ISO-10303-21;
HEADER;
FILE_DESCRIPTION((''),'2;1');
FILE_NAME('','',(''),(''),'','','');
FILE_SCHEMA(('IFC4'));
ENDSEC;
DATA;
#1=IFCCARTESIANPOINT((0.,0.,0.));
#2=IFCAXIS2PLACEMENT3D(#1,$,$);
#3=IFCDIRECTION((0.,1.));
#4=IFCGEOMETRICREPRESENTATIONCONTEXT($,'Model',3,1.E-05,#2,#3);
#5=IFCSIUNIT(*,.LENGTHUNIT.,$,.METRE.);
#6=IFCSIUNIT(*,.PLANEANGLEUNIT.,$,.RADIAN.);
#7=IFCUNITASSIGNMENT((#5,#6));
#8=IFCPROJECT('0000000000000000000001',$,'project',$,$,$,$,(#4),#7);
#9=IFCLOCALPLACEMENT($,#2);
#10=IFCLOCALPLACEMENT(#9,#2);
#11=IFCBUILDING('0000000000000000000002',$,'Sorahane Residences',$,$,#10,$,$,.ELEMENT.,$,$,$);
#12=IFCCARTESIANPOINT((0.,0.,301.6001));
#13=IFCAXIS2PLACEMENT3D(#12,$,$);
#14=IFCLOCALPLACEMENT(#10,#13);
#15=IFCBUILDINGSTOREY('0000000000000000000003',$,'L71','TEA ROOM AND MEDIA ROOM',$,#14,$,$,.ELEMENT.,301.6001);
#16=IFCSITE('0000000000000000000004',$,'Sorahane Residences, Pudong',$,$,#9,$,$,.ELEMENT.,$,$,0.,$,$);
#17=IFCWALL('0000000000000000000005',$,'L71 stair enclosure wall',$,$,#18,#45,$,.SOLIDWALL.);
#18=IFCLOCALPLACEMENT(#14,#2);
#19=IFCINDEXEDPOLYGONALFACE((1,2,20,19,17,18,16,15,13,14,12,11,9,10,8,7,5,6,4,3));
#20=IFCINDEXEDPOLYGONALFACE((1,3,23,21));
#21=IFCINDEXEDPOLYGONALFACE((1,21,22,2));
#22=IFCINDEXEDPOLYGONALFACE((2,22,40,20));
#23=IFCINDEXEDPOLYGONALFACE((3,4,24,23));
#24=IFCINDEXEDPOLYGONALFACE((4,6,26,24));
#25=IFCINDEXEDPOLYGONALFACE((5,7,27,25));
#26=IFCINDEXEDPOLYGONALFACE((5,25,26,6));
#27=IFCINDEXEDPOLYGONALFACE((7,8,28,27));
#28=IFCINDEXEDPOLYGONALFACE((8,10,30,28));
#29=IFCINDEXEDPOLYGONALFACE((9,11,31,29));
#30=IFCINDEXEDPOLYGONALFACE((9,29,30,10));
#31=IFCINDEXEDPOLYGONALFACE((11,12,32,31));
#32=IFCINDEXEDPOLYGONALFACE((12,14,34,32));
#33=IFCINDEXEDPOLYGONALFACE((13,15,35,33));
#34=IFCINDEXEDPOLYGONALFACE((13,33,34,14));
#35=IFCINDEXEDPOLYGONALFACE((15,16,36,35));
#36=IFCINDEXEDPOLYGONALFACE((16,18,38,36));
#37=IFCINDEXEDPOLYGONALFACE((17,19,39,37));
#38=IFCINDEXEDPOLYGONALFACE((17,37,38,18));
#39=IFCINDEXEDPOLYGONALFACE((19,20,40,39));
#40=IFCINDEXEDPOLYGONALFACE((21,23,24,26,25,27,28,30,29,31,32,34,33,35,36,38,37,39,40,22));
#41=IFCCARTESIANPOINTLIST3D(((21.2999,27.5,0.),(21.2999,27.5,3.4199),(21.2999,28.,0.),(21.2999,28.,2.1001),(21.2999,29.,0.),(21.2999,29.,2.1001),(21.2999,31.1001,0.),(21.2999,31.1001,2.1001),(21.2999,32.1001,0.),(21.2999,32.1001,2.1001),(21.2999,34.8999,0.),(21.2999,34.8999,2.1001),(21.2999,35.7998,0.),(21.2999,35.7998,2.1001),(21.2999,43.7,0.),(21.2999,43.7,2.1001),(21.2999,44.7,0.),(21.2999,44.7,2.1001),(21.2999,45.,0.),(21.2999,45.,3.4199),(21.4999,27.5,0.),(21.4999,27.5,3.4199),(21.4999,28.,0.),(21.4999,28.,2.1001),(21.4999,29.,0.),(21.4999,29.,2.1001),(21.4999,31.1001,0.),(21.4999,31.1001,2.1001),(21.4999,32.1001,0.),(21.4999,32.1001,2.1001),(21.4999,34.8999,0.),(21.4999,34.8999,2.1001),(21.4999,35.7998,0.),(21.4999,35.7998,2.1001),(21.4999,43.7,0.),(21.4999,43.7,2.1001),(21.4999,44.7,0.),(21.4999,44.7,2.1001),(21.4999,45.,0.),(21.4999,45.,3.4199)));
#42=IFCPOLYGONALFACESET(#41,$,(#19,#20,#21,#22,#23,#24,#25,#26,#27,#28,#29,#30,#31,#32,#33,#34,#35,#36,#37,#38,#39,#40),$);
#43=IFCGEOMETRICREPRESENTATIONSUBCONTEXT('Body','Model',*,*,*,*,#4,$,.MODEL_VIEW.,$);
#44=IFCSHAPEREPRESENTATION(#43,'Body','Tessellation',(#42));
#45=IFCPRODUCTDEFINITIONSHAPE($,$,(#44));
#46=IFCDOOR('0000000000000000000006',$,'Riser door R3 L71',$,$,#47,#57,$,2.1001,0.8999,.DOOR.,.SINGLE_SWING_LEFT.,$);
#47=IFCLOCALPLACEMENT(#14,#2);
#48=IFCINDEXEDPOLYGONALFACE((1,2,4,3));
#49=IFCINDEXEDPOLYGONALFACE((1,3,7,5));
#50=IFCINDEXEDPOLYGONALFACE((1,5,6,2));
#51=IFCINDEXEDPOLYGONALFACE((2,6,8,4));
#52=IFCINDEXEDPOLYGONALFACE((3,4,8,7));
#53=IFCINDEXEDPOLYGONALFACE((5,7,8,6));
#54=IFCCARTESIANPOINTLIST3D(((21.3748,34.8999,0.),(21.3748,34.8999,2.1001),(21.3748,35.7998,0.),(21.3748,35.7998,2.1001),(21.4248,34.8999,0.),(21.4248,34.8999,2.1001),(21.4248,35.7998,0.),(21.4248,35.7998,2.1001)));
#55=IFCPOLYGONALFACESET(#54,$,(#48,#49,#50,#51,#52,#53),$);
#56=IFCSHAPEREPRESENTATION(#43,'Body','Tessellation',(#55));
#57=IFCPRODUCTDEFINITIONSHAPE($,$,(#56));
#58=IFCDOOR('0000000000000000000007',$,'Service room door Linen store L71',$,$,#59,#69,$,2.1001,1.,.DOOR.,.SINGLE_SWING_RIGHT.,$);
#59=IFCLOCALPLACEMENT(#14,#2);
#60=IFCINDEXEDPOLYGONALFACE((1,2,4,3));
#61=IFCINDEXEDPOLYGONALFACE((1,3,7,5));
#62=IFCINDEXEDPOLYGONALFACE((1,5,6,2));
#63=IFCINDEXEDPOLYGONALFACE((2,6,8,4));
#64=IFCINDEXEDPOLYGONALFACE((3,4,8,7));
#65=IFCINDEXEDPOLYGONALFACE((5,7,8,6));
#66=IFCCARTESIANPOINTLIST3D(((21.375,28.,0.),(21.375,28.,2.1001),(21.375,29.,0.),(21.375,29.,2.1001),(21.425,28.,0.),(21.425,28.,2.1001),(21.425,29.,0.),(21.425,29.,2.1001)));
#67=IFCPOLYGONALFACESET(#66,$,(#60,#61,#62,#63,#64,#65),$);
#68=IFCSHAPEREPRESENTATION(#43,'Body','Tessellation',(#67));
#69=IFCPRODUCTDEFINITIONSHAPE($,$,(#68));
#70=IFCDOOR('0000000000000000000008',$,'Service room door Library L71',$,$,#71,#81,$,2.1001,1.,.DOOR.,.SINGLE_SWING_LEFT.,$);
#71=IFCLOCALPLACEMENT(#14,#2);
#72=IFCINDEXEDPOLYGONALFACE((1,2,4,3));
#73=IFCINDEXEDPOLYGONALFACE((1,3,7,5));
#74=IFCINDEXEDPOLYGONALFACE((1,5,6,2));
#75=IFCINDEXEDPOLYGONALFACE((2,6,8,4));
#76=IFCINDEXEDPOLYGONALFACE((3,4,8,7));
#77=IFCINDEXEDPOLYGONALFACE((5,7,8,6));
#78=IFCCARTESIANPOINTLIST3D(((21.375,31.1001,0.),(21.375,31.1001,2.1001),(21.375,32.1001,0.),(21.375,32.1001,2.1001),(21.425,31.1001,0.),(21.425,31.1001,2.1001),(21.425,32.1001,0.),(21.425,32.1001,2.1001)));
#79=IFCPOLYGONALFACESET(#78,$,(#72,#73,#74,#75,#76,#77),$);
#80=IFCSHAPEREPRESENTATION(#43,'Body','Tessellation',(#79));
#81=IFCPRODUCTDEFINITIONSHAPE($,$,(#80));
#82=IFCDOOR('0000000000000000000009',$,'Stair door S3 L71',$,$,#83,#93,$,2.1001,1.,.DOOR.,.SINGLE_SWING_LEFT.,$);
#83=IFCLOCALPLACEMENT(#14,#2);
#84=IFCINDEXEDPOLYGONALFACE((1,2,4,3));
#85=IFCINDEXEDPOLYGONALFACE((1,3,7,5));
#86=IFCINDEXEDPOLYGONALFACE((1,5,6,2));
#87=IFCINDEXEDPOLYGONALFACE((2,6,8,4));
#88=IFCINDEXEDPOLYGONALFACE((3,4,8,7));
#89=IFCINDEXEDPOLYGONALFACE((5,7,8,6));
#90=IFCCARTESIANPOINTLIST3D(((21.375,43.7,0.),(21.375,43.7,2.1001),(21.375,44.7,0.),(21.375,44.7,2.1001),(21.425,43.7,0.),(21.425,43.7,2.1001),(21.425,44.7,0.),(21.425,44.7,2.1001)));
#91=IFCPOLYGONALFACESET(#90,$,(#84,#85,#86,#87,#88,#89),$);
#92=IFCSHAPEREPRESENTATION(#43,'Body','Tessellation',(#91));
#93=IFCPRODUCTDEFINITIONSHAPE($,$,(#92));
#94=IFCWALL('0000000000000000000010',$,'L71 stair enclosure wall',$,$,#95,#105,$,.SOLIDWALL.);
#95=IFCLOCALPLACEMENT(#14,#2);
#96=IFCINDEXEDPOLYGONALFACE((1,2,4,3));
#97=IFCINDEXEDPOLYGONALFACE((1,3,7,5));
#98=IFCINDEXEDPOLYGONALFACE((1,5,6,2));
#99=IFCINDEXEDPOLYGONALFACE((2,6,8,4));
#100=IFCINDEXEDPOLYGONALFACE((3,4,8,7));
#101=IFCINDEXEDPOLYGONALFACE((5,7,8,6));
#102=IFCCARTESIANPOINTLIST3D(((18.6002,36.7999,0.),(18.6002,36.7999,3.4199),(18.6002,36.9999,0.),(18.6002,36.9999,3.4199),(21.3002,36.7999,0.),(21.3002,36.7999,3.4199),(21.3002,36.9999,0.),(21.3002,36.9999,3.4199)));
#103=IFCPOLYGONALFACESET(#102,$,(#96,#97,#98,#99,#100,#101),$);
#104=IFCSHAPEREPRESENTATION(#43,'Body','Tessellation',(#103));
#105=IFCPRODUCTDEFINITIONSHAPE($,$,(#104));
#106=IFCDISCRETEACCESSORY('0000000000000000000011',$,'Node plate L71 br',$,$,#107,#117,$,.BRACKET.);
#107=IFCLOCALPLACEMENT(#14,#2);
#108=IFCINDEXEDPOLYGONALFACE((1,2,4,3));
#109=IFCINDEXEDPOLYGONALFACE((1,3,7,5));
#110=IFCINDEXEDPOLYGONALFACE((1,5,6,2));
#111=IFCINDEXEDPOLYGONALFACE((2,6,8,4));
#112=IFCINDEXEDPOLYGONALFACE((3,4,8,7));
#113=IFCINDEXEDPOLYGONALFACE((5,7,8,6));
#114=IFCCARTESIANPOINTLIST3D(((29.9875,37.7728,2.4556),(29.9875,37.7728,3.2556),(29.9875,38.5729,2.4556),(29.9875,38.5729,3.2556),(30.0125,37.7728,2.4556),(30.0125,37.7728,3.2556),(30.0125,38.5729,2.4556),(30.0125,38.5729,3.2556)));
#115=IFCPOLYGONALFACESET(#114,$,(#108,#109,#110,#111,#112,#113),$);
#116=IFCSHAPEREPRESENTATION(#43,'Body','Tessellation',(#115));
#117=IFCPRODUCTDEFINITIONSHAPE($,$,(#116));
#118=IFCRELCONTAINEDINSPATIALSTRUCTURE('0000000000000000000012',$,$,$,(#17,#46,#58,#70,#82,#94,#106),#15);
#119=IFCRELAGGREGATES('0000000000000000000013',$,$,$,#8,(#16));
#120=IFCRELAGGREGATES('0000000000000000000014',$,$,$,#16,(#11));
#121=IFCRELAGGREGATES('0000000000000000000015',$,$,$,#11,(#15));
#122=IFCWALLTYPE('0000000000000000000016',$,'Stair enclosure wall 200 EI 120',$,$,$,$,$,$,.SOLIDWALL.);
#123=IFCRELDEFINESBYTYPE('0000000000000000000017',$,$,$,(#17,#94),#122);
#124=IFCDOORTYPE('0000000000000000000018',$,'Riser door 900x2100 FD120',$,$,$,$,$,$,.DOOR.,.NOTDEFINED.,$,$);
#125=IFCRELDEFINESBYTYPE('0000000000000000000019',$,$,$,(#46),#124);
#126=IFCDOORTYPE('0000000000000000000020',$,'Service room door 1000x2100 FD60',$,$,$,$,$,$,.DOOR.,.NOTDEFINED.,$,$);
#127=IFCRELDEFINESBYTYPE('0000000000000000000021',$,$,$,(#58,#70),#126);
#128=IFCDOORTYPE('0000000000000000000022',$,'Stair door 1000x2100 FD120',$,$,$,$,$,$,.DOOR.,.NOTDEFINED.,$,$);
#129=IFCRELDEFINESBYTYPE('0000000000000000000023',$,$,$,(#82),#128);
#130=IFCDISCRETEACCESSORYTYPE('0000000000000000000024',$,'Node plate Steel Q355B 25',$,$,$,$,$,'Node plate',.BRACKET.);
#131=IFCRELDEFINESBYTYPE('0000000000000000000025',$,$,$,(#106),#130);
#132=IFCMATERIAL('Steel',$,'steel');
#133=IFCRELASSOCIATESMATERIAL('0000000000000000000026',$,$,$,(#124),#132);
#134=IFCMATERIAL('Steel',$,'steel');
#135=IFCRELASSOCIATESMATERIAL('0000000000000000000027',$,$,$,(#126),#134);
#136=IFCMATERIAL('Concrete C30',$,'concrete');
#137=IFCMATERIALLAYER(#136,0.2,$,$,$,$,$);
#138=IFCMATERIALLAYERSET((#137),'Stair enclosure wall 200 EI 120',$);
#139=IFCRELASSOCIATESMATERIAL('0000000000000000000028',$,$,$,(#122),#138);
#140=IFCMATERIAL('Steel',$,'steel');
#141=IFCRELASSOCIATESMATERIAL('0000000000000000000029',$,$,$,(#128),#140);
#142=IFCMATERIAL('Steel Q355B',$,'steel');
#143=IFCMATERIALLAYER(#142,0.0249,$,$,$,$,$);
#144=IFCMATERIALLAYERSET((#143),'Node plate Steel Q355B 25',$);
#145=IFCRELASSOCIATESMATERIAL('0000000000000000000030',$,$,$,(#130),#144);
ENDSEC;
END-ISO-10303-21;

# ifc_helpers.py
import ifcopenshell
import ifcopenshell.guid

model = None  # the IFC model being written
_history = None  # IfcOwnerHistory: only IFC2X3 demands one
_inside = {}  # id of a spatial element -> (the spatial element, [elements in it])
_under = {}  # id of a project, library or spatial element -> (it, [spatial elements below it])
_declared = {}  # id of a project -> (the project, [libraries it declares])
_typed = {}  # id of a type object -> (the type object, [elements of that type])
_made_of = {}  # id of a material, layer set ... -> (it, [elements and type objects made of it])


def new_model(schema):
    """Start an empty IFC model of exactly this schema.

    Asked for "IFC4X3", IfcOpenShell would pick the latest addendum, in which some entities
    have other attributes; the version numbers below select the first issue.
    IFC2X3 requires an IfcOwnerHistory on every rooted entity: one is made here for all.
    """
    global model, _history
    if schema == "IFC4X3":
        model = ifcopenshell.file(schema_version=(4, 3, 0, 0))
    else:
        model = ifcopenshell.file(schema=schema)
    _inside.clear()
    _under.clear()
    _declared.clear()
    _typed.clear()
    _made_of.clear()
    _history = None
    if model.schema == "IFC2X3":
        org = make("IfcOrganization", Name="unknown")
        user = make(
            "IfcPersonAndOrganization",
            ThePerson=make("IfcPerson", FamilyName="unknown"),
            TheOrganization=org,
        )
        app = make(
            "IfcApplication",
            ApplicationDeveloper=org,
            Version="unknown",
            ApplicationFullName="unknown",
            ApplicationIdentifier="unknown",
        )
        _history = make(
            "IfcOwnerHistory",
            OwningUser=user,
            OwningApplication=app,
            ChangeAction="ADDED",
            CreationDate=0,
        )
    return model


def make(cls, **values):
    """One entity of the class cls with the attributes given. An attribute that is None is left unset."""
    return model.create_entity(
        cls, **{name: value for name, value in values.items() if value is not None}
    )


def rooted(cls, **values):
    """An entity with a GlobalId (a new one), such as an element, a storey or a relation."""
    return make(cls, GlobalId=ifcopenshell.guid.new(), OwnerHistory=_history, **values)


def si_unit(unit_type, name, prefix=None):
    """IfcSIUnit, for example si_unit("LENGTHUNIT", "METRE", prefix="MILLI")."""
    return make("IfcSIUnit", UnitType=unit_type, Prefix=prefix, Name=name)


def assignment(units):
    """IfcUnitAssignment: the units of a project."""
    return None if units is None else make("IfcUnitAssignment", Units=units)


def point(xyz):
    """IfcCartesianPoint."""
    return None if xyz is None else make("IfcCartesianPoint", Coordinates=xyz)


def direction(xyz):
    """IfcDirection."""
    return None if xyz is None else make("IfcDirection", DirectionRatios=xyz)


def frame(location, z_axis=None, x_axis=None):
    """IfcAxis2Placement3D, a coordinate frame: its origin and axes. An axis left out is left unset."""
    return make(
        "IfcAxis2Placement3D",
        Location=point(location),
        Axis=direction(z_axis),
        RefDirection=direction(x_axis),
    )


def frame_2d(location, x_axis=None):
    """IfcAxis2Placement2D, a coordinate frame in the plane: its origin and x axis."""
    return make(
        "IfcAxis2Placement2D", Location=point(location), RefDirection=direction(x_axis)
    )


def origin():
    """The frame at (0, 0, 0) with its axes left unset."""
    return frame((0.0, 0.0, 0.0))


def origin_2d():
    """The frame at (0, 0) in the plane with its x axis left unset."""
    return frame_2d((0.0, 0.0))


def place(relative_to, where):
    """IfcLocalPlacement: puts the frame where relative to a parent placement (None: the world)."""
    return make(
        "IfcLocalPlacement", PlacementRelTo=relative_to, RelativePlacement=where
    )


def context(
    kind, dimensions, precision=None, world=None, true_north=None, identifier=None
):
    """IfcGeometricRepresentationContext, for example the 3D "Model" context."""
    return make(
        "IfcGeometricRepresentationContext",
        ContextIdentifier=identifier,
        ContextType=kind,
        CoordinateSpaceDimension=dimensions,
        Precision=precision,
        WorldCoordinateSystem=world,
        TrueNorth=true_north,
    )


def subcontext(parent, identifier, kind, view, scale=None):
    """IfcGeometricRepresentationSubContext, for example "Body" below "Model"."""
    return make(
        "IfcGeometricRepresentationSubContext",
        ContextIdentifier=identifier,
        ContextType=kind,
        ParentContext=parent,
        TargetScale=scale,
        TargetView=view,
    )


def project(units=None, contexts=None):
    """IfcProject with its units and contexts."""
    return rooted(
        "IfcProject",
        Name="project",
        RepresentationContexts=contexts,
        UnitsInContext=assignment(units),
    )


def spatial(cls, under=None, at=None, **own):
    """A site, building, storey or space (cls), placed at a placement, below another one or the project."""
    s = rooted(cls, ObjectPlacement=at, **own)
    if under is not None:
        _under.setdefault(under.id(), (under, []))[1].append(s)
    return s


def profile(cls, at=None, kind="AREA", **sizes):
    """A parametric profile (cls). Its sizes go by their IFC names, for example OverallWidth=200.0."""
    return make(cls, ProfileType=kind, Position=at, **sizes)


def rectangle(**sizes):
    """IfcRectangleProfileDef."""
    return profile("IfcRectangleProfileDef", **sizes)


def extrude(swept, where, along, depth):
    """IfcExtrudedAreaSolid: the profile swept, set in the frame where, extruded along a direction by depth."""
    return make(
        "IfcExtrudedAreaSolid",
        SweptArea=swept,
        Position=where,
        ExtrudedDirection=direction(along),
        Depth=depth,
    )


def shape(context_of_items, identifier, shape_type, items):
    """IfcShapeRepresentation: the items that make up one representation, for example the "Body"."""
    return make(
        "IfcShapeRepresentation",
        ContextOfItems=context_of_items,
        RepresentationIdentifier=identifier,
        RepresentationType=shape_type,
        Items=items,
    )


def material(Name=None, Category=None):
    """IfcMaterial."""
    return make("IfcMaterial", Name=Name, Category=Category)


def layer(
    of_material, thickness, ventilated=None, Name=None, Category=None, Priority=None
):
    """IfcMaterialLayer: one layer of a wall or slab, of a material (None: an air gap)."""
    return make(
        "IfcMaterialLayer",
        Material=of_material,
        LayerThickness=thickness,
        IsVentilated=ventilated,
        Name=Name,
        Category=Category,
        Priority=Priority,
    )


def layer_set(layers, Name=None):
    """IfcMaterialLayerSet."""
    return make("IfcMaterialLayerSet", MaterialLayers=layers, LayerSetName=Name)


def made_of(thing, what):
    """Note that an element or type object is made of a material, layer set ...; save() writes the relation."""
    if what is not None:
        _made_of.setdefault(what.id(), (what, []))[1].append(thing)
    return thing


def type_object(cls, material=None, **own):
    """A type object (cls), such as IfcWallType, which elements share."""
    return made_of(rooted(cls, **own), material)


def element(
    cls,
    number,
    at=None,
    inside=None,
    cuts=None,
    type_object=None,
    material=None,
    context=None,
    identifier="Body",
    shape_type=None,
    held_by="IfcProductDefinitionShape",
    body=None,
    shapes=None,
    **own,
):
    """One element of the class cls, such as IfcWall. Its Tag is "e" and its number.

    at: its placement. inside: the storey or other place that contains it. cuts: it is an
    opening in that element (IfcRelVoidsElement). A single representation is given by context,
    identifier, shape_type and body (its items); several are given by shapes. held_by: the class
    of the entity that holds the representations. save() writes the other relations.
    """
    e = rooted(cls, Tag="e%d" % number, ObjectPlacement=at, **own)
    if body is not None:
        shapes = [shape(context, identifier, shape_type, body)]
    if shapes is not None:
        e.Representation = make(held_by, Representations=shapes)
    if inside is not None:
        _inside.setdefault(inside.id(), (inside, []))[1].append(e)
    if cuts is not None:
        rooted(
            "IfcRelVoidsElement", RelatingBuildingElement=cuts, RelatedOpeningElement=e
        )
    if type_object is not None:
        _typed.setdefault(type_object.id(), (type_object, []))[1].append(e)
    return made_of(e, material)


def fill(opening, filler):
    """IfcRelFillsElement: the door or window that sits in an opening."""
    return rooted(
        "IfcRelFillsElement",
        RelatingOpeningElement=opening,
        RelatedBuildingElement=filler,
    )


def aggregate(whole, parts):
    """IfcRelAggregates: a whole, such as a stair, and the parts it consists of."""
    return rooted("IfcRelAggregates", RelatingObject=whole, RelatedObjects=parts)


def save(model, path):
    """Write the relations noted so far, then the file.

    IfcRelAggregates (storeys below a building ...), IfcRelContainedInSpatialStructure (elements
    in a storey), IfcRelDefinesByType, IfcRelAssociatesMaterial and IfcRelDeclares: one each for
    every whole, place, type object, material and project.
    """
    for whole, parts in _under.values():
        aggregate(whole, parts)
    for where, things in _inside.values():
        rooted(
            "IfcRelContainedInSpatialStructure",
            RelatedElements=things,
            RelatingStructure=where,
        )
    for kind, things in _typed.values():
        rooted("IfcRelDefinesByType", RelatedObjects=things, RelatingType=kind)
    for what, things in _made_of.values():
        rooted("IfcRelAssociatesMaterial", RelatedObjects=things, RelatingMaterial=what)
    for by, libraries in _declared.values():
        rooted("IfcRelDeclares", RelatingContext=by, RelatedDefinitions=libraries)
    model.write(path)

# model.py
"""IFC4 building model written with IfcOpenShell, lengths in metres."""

from ifc_helpers import new_model, si_unit, direction, frame, frame_2d, origin, origin_2d, place, context, subcontext, project, spatial, rectangle, extrude, material, layer, layer_set, type_object, element, fill, save


model = new_model("IFC4")

# Units and contexts
model_context = context("Model", 3, precision=1e-05, world=origin(), true_north=direction((0.0, 1.0)))
body_context = subcontext(model_context, "Body", "Model", "MODEL_VIEW")
ifc_project = project(units=[si_unit("LENGTHUNIT", "METRE"), si_unit("PLANEANGLEUNIT", "RADIAN")], contexts=[model_context])

# Site, building, storey
site_placement = place(None, origin())
site = spatial("IfcSite", under=ifc_project, at=site_placement, Name="Sorahane Residences, Pudong", CompositionType="ELEMENT", RefElevation=0.0)
building_placement = place(site_placement, origin())
building = spatial("IfcBuilding", under=site, at=building_placement, Name="Sorahane Residences", CompositionType="ELEMENT")
storey_placement = place(building_placement, frame((0.0, 0.0, 301.6001)))
storey = spatial("IfcBuildingStorey", under=building, at=storey_placement, Name="L71", Description="TEA ROOM AND MEDIA ROOM", CompositionType="ELEMENT", Elevation=301.6001)

# Shared definitions
ifc_material_1 = material(Name="Steel", Category="steel")
door_type_1 = type_object("IfcDoorType", Name="Riser door 900x2100 FD120", OperationType="NOTDEFINED", PredefinedType="DOOR", material=ifc_material_1)
ifc_material_2 = material(Name="Steel", Category="steel")
door_type_2 = type_object("IfcDoorType", Name="Service room door 1000x2100 FD60", OperationType="NOTDEFINED", PredefinedType="DOOR", material=ifc_material_2)

# Wall, openings, doors
ifc_material_3 = material(Name="Concrete C30", Category="concrete")
ifc_layer_1 = layer(ifc_material_3, 0.2)
ifc_layer_set_1 = layer_set([ifc_layer_1], Name="Stair enclosure wall 200 EI 120")
wall_type_1 = type_object("IfcWallType", Name="Stair enclosure wall 200 EI 120", PredefinedType="SOLIDWALL", material=ifc_layer_set_1)
wall_1_placement = place(storey_placement, frame((21.3999, 27.5, 0.0), z_axis=(0.0, 0.0, 1.0), x_axis=(0.0, 1.0, 0.0)))
wall_1 = element("IfcWall", 1, at=wall_1_placement, inside=storey, type_object=wall_type_1, Name="L71 stair enclosure wall", PredefinedType="SOLIDWALL", context=body_context, shape_type="SweptSolid", body=[
    extrude(rectangle(XDim=17.5, YDim=0.2, at=frame_2d((8.75, 0.0))), origin(), (0.0, 0.0, 1.0), 3.4199),
])
opening_1_placement = place(wall_1_placement, frame((0.5, 0.0, 0.0)))
opening_1 = element("IfcOpeningElement", 2, at=opening_1_placement, cuts=wall_1, PredefinedType="OPENING", context=body_context, shape_type="SweptSolid", body=[
    extrude(rectangle(XDim=1.0, YDim=2.1001, at=frame_2d((0.5, 1.05))), frame((0.0, 0.1099, 0.0), z_axis=(0.0, -1.0, 0.0), x_axis=(1.0, 0.0, 0.0)), (0.0, 0.0, 1.0), 0.22),
])
opening_2_placement = place(wall_1_placement, frame((3.6001, 0.0, 0.0)))
opening_2 = element("IfcOpeningElement", 3, at=opening_2_placement, cuts=wall_1, PredefinedType="OPENING", context=body_context, shape_type="SweptSolid", body=[
    extrude(rectangle(XDim=1.0, YDim=2.1001, at=frame_2d((0.5, 1.05))), frame((0.0, 0.1099, 0.0), z_axis=(0.0, -1.0, 0.0), x_axis=(1.0, 0.0, 0.0)), (0.0, 0.0, 1.0), 0.22),
])
opening_3_placement = place(wall_1_placement, frame((16.2, 0.0, 0.0)))
opening_3 = element("IfcOpeningElement", 4, at=opening_3_placement, cuts=wall_1, PredefinedType="OPENING", context=body_context, shape_type="SweptSolid", body=[
    extrude(rectangle(XDim=1.0, YDim=2.1001, at=frame_2d((0.5, 1.05))), frame((0.0, 0.1099, 0.0), z_axis=(0.0, -1.0, 0.0), x_axis=(1.0, 0.0, 0.0)), (0.0, 0.0, 1.0), 0.22),
])
opening_4_placement = place(wall_1_placement, frame((7.3999, 0.0, 0.0)))
opening_4 = element("IfcOpeningElement", 5, at=opening_4_placement, cuts=wall_1, PredefinedType="OPENING", context=body_context, shape_type="SweptSolid", body=[
    extrude(rectangle(XDim=0.8999, YDim=2.1001, at=frame_2d((0.45, 1.05))), frame((0.0, 0.1099, 0.0), z_axis=(0.0, -1.0, 0.0), x_axis=(1.0, 0.0, 0.0)), (0.0, 0.0, 1.0), 0.22),
])
door_1_placement = place(opening_4_placement, frame((0.8999, 0.0, 0.0), z_axis=(0.0, 0.0, 1.0), x_axis=(-1.0, 0.0, 0.0)))
door_1 = element("IfcDoor", 6, at=door_1_placement, inside=storey, type_object=door_type_1, Name="Riser door R3 L71", OperationType="SINGLE_SWING_LEFT", OverallHeight=2.1001, OverallWidth=0.8999, PredefinedType="DOOR", context=body_context, shape_type="SweptSolid", body=[
    extrude(rectangle(XDim=0.8999, YDim=2.1001, at=frame_2d((0.45, 1.05))), frame((0.0, 0.0249, 0.0), z_axis=(0.0, -1.0, 0.0), x_axis=(1.0, 0.0, 0.0)), (0.0, 0.0, 1.0), 0.05),
])
fill(opening_4, door_1)
door_2_placement = place(opening_1_placement, origin())
door_2 = element("IfcDoor", 7, at=door_2_placement, inside=storey, type_object=door_type_2, Name="Service room door Linen store L71", OperationType="SINGLE_SWING_RIGHT", OverallHeight=2.1001, OverallWidth=1.0, PredefinedType="DOOR", context=body_context, shape_type="SweptSolid", body=[
    extrude(rectangle(XDim=1.0, YDim=2.1001, at=frame_2d((0.5, 1.05))), frame((0.0, 0.0249, 0.0), z_axis=(0.0, -1.0, 0.0), x_axis=(1.0, 0.0, 0.0)), (0.0, 0.0, 1.0), 0.05),
])
fill(opening_1, door_2)
door_3_placement = place(opening_2_placement, origin())
door_3 = element("IfcDoor", 8, at=door_3_placement, inside=storey, type_object=door_type_2, Name="Service room door Library L71", OperationType="SINGLE_SWING_LEFT", OverallHeight=2.1001, OverallWidth=1.0, PredefinedType="DOOR", context=body_context, shape_type="SweptSolid", body=[
    extrude(rectangle(XDim=1.0, YDim=2.1001, at=frame_2d((0.5, 1.05))), frame((0.0, 0.0249, 0.0), z_axis=(0.0, -1.0, 0.0), x_axis=(1.0, 0.0, 0.0)), (0.0, 0.0, 1.0), 0.05),
])
fill(opening_2, door_3)
ifc_material_4 = material(Name="Steel", Category="steel")
door_type_3 = type_object("IfcDoorType", Name="Stair door 1000x2100 FD120", OperationType="NOTDEFINED", PredefinedType="DOOR", material=ifc_material_4)
door_4_placement = place(opening_3_placement, origin())
door_4 = element("IfcDoor", 9, at=door_4_placement, inside=storey, type_object=door_type_3, Name="Stair door S3 L71", OperationType="SINGLE_SWING_LEFT", OverallHeight=2.1001, OverallWidth=1.0, PredefinedType="DOOR", context=body_context, shape_type="SweptSolid", body=[
    extrude(rectangle(XDim=1.0, YDim=2.1001, at=frame_2d((0.5, 1.05))), frame((0.0, 0.0249, 0.0), z_axis=(0.0, -1.0, 0.0), x_axis=(1.0, 0.0, 0.0)), (0.0, 0.0, 1.0), 0.05),
])
fill(opening_3, door_4)

# Wall
wall_2_placement = place(storey_placement, frame((18.6001, 36.8999, 0.0), z_axis=(0.0, 0.0, 1.0), x_axis=(1.0, 0.0, 0.0)))
element("IfcWall", 10, at=wall_2_placement, inside=storey, type_object=wall_type_1, Name="L71 stair enclosure wall", PredefinedType="SOLIDWALL", context=body_context, shape_type="SweptSolid", body=[
    extrude(rectangle(XDim=2.7, YDim=0.2, at=frame_2d((1.3501, 0.0))), origin(), (0.0, 0.0, 1.0), 3.4199),
])

# Discrete accessory
ifc_material_5 = material(Name="Steel Q355B", Category="steel")
ifc_layer_2 = layer(ifc_material_5, 0.0249)
ifc_layer_set_2 = layer_set([ifc_layer_2], Name="Node plate Steel Q355B 25")
discrete_accessory_type = type_object("IfcDiscreteAccessoryType", Name="Node plate Steel Q355B 25", ElementType="Node plate", PredefinedType="BRACKET", material=ifc_layer_set_2)
discrete_accessory_placement = place(storey_placement, frame((30.0, 38.1729, 2.4556), z_axis=(0.0, 0.0, 1.0), x_axis=(0.0, 1.0, 0.0)))
element("IfcDiscreteAccessory", 11, at=discrete_accessory_placement, inside=storey, type_object=discrete_accessory_type, Name="Node plate L71 br", PredefinedType="BRACKET", context=body_context, shape_type="SweptSolid", body=[
    extrude(rectangle(XDim=0.8, YDim=0.0249, at=origin_2d()), origin(), (0.0, 0.0, 1.0), 0.8),
])

save(model, "model.ifc")
